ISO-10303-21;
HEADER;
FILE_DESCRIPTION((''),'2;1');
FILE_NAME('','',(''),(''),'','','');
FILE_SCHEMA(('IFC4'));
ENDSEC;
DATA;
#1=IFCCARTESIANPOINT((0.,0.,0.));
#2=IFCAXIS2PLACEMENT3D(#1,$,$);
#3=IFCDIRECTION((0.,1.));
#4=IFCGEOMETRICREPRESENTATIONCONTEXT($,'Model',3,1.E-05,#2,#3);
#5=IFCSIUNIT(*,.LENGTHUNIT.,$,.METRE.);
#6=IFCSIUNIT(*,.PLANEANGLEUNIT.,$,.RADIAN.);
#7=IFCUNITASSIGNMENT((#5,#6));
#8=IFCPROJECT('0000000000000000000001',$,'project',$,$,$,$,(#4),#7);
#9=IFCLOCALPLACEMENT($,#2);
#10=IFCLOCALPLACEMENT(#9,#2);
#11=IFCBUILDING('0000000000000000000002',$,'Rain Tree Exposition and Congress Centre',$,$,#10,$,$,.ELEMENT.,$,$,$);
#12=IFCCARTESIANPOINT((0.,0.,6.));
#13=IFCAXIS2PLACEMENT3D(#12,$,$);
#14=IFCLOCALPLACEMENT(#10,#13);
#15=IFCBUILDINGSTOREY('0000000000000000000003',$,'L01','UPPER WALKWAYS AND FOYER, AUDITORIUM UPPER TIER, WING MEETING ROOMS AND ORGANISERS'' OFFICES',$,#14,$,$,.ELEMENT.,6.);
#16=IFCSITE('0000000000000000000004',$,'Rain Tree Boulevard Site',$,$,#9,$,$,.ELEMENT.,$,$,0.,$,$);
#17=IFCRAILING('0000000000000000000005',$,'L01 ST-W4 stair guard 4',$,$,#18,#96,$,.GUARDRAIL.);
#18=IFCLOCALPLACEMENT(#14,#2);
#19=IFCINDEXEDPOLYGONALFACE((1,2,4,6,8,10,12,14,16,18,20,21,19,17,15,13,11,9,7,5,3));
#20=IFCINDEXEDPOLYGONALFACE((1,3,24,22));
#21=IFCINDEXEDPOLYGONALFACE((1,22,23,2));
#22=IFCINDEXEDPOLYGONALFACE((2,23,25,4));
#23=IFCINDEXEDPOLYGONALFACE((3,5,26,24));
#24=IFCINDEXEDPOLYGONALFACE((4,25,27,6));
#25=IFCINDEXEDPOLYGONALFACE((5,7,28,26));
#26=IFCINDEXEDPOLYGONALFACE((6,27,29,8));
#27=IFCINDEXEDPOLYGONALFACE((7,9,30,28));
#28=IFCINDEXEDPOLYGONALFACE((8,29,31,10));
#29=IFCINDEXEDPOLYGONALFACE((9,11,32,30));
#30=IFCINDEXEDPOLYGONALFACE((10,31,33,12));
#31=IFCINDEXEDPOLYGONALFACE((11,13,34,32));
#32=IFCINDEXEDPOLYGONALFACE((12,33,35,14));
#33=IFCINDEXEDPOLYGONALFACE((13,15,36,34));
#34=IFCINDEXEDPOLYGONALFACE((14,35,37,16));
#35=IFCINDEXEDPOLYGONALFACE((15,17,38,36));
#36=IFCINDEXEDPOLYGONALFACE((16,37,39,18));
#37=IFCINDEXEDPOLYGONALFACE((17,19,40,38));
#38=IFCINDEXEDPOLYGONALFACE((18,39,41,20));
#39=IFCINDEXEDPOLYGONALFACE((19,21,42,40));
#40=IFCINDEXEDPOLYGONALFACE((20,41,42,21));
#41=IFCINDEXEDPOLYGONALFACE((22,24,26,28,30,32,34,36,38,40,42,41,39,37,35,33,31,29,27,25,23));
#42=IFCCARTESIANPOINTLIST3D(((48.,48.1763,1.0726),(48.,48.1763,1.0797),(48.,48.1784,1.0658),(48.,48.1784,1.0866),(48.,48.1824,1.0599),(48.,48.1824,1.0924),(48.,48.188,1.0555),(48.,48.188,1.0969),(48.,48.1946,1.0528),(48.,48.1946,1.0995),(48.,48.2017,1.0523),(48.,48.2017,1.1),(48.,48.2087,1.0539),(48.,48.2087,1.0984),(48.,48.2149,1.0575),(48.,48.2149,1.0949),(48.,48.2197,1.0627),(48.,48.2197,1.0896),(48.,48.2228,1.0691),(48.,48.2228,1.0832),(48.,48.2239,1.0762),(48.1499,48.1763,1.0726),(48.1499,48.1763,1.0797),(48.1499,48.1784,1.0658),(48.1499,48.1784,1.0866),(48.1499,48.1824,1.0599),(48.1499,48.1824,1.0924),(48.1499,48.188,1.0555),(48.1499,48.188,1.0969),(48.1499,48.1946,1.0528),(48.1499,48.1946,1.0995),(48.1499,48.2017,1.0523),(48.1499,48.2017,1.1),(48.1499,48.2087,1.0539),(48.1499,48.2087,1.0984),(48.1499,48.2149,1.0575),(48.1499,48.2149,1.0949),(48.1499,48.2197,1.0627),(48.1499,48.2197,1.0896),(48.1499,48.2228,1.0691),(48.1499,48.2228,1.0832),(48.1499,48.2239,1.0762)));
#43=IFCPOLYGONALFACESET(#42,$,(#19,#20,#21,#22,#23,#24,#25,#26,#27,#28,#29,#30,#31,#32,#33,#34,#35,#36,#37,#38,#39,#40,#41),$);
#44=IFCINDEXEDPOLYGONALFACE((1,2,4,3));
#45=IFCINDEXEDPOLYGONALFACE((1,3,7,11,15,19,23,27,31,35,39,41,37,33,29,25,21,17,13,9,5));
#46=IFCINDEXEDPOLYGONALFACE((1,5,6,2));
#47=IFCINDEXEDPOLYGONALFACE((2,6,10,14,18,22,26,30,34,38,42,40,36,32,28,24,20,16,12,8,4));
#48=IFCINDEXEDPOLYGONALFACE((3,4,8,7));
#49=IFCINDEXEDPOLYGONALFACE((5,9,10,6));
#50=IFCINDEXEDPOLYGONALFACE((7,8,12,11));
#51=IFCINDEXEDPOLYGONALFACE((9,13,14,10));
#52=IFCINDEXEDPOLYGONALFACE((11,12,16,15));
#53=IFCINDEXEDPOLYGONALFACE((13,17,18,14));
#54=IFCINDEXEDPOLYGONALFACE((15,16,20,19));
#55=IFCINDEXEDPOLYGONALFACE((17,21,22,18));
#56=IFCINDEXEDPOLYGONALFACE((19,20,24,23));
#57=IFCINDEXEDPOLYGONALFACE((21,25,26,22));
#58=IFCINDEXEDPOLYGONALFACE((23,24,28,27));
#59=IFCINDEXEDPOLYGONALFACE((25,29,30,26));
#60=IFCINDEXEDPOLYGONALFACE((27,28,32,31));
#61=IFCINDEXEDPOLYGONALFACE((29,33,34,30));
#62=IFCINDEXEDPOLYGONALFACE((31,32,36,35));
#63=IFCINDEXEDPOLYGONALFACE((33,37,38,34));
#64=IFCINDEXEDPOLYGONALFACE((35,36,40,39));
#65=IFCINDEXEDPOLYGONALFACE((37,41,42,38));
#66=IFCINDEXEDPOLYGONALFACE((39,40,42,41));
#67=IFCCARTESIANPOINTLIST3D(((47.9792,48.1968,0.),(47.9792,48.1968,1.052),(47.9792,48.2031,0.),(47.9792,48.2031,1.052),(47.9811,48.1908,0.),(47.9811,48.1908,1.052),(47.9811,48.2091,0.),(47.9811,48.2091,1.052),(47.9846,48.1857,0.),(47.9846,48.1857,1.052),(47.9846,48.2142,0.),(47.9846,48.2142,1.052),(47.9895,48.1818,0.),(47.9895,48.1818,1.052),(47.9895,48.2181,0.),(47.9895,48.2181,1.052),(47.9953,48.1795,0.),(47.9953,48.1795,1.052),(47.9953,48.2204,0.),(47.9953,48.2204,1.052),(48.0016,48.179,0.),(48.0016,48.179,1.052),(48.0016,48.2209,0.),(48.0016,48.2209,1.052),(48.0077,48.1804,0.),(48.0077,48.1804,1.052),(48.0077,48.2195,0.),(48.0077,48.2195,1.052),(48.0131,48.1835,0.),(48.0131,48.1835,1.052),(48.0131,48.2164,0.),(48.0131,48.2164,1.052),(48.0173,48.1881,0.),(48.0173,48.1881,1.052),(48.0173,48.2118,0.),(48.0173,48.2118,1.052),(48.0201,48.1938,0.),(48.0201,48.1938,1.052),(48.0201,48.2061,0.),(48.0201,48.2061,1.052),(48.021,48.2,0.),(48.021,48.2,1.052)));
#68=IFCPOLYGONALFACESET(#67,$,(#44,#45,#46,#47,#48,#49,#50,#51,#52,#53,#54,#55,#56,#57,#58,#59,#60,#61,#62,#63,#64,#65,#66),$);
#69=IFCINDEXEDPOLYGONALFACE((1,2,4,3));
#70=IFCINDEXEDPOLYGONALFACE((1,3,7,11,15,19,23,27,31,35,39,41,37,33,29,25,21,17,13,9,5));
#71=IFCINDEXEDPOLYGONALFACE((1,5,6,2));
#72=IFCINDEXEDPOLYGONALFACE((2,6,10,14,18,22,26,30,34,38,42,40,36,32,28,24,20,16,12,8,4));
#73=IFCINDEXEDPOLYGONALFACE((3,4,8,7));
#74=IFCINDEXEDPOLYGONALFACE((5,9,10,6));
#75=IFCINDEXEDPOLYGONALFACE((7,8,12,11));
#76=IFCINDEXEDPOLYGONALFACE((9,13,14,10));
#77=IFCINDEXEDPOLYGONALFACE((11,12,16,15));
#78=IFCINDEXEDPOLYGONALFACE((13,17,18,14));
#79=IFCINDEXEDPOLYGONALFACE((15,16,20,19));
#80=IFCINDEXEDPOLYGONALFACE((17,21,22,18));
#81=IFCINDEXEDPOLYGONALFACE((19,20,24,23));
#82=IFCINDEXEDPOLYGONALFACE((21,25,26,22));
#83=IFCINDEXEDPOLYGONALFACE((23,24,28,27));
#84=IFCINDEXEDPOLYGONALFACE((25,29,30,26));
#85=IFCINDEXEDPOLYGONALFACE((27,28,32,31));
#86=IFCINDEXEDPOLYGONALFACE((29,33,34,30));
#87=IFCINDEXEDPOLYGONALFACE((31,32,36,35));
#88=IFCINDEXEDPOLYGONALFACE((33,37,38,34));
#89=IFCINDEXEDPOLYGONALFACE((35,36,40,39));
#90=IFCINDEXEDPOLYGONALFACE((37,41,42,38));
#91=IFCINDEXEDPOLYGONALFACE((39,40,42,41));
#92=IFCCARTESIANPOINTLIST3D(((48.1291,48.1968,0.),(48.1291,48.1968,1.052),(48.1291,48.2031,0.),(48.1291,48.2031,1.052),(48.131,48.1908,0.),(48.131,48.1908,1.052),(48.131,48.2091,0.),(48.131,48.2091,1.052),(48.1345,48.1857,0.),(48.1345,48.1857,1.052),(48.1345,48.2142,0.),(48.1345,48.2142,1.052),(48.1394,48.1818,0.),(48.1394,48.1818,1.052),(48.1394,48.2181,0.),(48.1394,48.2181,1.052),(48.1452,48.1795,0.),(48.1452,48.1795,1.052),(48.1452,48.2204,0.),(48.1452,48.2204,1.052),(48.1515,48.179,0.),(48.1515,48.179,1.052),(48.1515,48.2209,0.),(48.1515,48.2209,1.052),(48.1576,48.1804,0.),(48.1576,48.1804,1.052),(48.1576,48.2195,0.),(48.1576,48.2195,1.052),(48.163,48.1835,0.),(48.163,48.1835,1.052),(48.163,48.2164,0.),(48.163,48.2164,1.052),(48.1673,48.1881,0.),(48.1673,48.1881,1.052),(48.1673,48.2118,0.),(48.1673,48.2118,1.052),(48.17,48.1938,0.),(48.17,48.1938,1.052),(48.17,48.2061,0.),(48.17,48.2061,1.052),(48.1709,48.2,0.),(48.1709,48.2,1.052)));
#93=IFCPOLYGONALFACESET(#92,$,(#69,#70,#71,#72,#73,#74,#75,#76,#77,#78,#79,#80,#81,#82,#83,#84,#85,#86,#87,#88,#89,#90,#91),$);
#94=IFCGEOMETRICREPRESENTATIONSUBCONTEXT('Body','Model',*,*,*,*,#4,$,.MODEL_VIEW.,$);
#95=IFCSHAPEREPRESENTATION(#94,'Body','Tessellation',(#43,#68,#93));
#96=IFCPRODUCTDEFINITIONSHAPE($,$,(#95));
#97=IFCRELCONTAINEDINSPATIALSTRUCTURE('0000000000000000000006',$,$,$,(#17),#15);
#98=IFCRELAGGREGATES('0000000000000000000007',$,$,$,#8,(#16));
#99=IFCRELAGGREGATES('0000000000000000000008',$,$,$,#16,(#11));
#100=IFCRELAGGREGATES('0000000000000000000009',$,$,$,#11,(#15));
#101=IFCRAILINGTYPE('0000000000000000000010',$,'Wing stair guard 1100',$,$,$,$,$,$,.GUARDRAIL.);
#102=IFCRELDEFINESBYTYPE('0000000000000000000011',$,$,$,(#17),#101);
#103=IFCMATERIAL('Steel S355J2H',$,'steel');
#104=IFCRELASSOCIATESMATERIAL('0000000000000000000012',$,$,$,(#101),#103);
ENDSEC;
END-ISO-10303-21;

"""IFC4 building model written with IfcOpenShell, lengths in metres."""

from ifc_helpers import new_model, si_unit, direction, frame, origin, origin_2d, place, context, subcontext, project, spatial, circle, extrude, material, type_object, element, save


model = new_model("IFC4")

# Units and contexts
model_context = context("Model", 3, precision=1e-05, world=origin(), true_north=direction((0.0, 1.0)))
body_context = subcontext(model_context, "Body", "Model", "MODEL_VIEW")
ifc_project = project(units=[si_unit("LENGTHUNIT", "METRE"), si_unit("PLANEANGLEUNIT", "RADIAN")], contexts=[model_context])

# Site, building, storey
site_placement = place(None, origin())
site = spatial("IfcSite", under=ifc_project, at=site_placement, Name="Rain Tree Boulevard Site", CompositionType="ELEMENT", RefElevation=0.0)
building_placement = place(site_placement, origin())
building = spatial("IfcBuilding", under=site, at=building_placement, Name="Rain Tree Exposition and Congress Centre", CompositionType="ELEMENT")
storey_placement = place(building_placement, frame((0.0, 0.0, 6.0)))
storey = spatial("IfcBuildingStorey", under=building, at=storey_placement, Name="L01", Description="UPPER WALKWAYS AND FOYER, AUDITORIUM UPPER TIER, WING MEETING ROOMS AND ORGANISERS' OFFICES", CompositionType="ELEMENT", Elevation=6.0)

# Railing
ifc_material_1 = material(Name="Steel S355J2H", Category="steel")
railing_type_1 = type_object("IfcRailingType", Name="Wing stair guard 1100", PredefinedType="GUARDRAIL", material=ifc_material_1)
railing_1_placement = place(storey_placement, frame((48.0, 48.2, 0.0)))
element("IfcRailing", 1, at=railing_1_placement, inside=storey, type_object=railing_type_1, Name="L01 ST-W4 stair guard 4", PredefinedType="GUARDRAIL", context=body_context, shape_type="SweptSolid", body=[
    extrude(circle(Radius=0.0239, at=origin_2d()), frame((0.0, 0.0, 1.0762), z_axis=(1.0, 0.0, 0.0), x_axis=(0.0, 1.0, 0.0)), (0.0, 0.0, 1.0), 0.1499),
    extrude(circle(Radius=0.021, at=origin_2d()), origin(), (0.0, 0.0, 1.0), 1.052),
    extrude(circle(Radius=0.021, at=origin_2d()), frame((0.1499, 0.0, 0.0)), (0.0, 0.0, 1.0), 1.052),
])

save(model, "model.ifc")
